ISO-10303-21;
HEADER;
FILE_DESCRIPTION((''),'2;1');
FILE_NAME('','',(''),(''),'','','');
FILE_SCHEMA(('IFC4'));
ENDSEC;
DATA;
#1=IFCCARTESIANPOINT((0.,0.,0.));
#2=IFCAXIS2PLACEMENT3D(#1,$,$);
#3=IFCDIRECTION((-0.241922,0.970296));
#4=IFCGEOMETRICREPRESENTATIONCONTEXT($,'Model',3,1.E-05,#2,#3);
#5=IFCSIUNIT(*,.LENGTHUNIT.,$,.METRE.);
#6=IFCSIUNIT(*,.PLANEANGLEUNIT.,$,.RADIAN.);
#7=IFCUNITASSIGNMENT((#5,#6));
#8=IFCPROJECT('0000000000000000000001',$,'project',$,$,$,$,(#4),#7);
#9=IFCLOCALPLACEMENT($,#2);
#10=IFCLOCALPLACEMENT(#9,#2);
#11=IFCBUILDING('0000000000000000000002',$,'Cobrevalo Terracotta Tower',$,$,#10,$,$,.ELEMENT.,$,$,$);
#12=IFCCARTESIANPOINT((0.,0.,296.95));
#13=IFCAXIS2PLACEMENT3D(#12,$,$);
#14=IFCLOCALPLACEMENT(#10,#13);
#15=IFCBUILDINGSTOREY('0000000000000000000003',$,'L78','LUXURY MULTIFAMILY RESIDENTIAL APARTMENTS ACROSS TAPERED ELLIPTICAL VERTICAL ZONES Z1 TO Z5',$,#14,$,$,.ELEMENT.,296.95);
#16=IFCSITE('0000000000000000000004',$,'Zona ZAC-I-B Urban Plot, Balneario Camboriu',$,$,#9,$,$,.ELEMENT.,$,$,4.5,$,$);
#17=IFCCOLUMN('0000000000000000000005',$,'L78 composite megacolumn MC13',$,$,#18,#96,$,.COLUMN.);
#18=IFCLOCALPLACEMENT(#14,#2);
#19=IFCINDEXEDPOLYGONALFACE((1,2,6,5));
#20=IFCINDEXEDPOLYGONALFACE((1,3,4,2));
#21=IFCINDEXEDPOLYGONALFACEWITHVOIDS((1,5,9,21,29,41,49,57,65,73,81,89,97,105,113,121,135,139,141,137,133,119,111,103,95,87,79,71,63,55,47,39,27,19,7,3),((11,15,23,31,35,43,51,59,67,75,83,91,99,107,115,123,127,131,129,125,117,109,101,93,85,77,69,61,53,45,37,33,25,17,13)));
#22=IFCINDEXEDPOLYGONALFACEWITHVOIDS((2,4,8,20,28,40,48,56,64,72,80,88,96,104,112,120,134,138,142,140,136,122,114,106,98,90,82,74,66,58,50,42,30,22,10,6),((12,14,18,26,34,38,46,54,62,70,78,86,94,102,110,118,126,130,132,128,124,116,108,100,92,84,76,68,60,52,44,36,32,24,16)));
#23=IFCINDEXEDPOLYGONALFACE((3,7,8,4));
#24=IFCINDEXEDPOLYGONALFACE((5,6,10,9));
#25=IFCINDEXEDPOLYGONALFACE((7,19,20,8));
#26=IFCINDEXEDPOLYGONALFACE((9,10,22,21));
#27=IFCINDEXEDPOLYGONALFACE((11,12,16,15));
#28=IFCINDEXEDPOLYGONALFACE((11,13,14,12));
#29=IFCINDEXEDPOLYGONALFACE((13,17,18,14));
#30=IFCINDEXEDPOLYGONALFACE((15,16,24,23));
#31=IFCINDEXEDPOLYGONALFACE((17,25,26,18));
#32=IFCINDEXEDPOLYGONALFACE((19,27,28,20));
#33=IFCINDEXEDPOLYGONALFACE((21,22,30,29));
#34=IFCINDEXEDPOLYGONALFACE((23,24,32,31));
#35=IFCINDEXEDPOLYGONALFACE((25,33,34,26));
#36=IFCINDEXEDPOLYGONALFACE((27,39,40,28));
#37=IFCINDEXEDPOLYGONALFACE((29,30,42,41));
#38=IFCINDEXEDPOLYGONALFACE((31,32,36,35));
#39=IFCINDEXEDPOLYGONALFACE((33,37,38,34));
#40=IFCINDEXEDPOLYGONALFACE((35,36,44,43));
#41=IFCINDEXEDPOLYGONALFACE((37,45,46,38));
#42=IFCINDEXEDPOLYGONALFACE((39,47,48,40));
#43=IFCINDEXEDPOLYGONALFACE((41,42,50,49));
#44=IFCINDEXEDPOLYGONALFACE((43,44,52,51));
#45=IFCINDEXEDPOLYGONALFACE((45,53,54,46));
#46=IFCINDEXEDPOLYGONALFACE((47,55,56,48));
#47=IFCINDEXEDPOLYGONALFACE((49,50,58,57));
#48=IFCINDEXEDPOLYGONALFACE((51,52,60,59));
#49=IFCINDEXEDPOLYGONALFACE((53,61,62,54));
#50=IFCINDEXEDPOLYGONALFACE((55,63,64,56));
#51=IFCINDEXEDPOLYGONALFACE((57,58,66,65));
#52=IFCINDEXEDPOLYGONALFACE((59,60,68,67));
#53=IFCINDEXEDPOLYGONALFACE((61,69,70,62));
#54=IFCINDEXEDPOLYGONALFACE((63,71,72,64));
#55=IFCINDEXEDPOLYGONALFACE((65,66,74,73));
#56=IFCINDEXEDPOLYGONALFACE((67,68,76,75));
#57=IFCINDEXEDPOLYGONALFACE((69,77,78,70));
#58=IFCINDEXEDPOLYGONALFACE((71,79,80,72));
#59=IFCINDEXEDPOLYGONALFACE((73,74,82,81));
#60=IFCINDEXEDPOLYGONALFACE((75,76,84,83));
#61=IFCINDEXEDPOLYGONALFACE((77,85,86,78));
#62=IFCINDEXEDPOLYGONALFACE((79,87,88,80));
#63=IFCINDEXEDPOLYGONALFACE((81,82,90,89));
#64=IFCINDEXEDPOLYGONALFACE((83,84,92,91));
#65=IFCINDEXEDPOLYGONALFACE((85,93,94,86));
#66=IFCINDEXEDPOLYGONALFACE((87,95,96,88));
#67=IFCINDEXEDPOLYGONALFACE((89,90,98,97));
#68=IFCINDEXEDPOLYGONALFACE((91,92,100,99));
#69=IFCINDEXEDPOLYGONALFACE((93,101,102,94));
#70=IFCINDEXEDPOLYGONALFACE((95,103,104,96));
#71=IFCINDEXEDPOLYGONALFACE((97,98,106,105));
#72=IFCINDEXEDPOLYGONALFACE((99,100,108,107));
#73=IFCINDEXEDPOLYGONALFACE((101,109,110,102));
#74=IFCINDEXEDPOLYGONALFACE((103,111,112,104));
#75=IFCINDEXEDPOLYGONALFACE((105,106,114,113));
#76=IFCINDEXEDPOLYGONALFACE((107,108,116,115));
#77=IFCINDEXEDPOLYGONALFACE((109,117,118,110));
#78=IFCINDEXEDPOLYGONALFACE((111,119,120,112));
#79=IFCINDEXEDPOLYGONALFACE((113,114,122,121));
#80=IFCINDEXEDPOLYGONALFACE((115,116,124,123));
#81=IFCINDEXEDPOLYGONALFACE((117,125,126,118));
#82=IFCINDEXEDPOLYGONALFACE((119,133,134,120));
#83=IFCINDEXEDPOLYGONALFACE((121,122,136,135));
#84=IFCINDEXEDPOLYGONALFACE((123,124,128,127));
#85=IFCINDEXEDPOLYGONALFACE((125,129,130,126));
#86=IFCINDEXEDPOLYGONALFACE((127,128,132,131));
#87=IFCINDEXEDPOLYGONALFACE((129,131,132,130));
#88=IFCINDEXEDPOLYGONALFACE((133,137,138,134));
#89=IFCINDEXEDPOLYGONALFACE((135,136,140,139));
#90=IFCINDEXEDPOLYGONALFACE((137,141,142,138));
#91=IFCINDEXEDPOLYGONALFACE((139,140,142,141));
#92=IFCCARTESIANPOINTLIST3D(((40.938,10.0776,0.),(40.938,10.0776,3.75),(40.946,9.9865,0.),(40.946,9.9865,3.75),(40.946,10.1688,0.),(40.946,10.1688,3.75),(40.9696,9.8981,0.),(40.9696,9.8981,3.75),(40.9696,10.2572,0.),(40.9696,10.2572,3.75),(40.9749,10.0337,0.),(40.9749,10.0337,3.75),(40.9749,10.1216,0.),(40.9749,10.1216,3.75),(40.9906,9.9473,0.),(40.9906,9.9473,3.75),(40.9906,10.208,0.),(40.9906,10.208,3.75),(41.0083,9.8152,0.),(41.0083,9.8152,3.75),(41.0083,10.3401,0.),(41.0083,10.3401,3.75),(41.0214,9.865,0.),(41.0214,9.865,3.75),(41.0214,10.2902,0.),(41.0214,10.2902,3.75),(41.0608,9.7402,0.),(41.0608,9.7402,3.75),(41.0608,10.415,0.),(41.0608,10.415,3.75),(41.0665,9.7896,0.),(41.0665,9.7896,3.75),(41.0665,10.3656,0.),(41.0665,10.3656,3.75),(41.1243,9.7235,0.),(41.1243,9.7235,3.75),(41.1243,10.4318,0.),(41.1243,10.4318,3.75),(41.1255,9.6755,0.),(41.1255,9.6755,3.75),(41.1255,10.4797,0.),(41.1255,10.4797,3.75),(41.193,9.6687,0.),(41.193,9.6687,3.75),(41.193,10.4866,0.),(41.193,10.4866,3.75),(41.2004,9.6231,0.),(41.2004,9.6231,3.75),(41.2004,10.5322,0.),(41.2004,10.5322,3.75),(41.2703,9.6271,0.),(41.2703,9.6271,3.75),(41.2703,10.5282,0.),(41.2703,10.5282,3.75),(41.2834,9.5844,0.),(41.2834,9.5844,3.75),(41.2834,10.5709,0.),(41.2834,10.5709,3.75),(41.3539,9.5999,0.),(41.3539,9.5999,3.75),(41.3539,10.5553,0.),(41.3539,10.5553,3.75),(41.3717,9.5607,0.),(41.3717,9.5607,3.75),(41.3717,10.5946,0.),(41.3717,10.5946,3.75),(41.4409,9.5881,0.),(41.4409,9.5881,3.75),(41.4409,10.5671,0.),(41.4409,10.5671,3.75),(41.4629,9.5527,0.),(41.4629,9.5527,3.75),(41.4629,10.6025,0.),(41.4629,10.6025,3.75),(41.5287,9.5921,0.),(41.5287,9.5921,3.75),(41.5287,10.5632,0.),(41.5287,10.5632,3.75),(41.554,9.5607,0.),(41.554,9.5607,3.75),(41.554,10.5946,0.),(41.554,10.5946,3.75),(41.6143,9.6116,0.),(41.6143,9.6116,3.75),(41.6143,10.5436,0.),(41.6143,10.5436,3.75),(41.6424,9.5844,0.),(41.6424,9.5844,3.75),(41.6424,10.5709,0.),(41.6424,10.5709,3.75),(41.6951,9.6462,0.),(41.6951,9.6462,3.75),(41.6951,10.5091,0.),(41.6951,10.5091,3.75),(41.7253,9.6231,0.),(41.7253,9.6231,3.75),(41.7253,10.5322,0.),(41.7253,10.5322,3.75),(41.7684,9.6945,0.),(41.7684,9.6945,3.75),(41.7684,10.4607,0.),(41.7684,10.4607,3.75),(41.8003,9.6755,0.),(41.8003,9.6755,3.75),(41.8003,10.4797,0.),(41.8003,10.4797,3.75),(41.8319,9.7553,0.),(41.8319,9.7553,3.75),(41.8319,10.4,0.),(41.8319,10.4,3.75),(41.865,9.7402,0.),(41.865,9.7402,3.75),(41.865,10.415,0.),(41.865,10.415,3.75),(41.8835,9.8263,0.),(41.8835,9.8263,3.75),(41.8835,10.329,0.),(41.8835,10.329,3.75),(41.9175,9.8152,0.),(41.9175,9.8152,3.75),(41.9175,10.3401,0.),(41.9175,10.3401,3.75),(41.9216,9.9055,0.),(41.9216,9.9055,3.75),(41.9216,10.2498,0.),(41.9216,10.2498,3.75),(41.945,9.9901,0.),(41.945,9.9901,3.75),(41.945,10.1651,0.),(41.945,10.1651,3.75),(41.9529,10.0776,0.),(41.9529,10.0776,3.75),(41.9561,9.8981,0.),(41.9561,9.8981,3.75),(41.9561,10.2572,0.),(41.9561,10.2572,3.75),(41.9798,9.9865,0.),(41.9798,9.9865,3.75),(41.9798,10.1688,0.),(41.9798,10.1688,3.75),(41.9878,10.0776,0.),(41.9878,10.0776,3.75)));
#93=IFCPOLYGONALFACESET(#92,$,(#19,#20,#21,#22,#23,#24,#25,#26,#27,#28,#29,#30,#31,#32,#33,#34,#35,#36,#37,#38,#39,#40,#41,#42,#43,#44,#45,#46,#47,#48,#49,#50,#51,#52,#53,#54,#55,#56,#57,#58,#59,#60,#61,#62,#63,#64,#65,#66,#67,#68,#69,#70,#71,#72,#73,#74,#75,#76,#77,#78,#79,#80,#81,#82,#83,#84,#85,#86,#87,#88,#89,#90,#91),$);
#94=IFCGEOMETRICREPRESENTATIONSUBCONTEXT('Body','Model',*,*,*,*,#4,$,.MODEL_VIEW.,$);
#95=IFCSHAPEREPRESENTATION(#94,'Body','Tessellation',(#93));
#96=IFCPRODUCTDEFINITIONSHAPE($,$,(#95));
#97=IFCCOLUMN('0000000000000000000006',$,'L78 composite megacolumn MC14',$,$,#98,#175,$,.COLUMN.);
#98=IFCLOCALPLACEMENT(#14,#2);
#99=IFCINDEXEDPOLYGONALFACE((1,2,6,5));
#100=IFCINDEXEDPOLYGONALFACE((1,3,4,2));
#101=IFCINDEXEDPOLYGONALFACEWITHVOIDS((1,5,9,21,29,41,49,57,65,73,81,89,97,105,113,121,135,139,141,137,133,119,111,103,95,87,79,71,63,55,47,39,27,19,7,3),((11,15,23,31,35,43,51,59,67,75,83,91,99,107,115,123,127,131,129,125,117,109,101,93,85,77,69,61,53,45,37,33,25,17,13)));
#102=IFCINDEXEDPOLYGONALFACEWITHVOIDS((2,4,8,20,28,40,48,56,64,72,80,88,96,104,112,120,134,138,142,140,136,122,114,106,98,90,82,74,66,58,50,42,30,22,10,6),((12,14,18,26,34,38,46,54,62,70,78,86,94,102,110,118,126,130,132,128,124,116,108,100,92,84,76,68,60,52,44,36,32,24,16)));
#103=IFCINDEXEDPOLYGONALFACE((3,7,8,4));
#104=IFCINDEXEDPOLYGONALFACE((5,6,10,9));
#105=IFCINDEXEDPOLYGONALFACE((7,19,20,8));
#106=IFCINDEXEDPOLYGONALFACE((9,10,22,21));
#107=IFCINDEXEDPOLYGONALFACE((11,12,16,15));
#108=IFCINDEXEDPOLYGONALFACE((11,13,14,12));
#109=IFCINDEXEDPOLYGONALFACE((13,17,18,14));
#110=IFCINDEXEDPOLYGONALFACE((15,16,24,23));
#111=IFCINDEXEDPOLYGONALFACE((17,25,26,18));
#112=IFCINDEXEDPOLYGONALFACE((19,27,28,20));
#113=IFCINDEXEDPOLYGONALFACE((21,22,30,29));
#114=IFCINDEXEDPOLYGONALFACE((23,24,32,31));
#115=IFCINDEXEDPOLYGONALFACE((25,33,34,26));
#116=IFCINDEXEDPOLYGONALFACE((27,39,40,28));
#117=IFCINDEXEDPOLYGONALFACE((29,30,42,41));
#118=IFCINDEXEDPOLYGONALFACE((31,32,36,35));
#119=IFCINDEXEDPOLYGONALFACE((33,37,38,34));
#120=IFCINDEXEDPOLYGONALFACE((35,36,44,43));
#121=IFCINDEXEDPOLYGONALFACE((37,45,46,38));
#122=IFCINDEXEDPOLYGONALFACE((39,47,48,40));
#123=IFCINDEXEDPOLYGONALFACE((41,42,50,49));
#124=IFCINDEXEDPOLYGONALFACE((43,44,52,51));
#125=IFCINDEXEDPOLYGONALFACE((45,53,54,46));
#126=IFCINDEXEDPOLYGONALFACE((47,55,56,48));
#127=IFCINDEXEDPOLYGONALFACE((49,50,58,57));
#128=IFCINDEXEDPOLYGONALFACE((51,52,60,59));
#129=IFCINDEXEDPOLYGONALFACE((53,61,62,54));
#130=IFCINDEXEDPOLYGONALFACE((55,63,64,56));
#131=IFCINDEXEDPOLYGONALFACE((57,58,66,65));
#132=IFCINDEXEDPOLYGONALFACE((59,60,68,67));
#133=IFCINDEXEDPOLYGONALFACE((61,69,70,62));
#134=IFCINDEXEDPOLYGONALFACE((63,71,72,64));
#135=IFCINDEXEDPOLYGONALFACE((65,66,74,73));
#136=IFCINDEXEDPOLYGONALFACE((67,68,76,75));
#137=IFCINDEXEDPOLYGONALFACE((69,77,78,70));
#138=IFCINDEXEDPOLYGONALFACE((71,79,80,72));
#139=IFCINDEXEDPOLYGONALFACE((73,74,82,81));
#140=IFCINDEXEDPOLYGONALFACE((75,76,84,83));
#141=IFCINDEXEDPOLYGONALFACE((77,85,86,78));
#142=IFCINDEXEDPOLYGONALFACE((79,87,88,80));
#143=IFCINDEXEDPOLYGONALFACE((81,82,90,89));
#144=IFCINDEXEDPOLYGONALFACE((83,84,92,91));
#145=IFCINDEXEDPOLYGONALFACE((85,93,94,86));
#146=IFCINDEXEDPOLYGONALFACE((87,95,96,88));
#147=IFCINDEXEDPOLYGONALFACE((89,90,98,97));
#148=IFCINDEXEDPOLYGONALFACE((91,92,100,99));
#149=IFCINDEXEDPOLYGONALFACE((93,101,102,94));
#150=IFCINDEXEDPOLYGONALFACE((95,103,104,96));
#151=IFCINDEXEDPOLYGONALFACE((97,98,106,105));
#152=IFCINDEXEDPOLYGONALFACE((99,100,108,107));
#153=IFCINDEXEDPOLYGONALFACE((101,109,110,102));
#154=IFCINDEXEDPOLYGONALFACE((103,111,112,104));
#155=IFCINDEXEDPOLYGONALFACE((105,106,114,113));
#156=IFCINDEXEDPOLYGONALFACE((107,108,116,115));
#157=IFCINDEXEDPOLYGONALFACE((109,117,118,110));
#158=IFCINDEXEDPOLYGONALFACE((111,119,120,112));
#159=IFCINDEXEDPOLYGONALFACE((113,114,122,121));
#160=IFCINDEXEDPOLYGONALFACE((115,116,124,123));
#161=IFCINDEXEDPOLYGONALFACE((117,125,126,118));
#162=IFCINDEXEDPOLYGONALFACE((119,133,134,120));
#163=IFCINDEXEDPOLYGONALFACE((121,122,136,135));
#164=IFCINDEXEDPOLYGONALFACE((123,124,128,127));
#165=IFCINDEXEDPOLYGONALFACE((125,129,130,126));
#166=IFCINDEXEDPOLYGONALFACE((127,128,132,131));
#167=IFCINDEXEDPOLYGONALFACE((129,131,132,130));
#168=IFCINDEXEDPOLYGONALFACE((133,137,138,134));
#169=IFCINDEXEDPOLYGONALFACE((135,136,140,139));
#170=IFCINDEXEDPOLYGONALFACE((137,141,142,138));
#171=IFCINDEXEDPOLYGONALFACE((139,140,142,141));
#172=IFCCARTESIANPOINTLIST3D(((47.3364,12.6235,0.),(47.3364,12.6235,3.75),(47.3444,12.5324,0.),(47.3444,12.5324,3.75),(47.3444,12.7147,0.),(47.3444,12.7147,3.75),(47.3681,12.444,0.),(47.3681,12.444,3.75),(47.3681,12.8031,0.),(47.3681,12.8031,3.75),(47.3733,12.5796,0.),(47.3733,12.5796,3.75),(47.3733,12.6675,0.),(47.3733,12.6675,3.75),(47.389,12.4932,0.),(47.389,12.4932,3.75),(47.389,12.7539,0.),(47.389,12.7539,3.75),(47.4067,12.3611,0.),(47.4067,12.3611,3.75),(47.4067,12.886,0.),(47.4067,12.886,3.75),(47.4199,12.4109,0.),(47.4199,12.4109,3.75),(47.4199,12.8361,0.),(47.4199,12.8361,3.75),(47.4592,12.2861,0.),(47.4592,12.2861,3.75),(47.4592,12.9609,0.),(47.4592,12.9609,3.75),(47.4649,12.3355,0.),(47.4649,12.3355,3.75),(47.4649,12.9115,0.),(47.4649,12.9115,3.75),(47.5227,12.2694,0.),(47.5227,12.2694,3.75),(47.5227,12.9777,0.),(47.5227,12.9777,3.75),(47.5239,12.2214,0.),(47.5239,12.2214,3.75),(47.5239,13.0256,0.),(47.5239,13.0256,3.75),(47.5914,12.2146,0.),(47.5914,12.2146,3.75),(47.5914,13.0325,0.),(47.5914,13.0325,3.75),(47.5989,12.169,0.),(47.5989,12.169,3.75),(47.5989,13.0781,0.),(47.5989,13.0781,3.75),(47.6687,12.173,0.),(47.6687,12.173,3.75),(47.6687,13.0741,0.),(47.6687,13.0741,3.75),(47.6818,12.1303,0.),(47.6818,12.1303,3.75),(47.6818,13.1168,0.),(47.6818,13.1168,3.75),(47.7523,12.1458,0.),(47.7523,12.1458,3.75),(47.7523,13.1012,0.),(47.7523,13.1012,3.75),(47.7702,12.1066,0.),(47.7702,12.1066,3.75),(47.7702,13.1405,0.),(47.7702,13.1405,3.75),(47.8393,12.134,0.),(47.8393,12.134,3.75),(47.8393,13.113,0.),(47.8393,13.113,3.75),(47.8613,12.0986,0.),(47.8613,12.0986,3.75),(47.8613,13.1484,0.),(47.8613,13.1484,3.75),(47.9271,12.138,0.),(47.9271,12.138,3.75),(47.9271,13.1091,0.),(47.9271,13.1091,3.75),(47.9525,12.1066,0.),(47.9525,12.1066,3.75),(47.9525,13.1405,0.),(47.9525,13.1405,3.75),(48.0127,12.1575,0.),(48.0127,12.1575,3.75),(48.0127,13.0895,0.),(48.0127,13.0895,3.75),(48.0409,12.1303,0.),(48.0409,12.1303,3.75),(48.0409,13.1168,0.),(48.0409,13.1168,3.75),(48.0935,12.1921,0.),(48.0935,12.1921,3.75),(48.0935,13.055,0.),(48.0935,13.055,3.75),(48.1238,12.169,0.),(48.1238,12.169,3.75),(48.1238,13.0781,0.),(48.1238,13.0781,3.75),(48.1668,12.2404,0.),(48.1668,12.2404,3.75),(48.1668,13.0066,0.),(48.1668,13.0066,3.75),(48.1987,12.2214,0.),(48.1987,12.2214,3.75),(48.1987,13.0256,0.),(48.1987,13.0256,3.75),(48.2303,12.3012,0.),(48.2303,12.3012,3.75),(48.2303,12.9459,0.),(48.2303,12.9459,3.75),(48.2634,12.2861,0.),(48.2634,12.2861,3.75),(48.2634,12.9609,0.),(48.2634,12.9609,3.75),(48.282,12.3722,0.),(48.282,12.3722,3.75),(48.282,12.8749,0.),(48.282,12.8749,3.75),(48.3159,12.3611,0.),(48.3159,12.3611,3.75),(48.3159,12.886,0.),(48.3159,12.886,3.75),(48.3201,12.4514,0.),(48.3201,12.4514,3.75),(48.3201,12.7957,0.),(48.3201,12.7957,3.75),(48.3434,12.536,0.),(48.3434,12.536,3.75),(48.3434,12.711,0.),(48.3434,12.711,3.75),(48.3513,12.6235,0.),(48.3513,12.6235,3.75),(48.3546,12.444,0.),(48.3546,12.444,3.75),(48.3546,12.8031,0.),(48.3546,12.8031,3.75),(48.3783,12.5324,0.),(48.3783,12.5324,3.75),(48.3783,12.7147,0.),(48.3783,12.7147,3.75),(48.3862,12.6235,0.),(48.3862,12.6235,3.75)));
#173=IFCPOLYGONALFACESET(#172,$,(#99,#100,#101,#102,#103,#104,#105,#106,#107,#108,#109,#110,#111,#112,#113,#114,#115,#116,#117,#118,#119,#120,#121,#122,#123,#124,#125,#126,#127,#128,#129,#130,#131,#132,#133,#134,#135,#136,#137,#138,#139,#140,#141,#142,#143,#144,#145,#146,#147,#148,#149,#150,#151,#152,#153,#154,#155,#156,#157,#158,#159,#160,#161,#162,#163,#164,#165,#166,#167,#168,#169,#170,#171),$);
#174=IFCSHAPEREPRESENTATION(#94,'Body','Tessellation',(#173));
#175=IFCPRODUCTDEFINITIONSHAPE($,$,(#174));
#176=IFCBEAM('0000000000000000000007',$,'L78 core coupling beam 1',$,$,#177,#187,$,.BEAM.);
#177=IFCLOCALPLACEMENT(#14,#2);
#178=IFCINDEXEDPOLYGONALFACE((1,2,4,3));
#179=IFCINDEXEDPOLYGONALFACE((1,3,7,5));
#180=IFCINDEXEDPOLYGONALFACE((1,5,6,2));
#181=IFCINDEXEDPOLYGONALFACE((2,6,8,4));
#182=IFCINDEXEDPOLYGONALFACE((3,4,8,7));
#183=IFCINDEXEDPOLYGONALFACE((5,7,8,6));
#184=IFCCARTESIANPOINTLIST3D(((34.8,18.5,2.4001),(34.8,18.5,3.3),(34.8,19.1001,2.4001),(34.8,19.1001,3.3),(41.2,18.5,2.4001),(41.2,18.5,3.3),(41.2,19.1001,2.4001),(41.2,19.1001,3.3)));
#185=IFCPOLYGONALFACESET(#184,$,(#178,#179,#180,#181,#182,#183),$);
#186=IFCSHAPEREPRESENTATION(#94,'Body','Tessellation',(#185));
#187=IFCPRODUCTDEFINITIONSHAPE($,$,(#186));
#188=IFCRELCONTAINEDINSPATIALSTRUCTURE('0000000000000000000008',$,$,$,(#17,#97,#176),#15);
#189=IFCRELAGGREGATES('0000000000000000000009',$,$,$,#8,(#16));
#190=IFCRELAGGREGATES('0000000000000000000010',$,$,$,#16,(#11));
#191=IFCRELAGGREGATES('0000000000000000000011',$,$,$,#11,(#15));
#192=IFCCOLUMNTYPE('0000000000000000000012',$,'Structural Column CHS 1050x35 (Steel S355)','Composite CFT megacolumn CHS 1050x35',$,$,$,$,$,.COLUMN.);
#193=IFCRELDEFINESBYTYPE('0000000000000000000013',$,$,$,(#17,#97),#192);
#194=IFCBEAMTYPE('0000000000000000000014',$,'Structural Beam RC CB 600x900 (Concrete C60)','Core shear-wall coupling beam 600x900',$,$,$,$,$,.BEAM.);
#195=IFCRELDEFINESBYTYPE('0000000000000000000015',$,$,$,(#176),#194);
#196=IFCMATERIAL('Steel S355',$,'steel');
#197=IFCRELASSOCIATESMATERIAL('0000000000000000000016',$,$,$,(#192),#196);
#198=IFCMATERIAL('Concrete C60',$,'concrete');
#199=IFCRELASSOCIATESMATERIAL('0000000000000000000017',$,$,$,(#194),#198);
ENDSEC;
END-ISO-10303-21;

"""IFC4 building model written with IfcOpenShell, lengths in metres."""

from ifc_helpers import new_model, si_unit, direction, frame, origin, origin_2d, place, context, subcontext, project, spatial, rectangle, hollow_circle, extrude, material, material_profile, profile_set, type_object, element, save


model = new_model("IFC4")

# Units and contexts
model_context = context("Model", 3, precision=1e-05, world=origin(), true_north=direction((-0.241922, 0.970296)))
body_context = subcontext(model_context, "Body", "Model", "MODEL_VIEW")
ifc_project = project(units=[si_unit("LENGTHUNIT", "METRE"), si_unit("PLANEANGLEUNIT", "RADIAN")], contexts=[model_context])

# Site, building, storey
site_placement = place(None, origin())
site = spatial("IfcSite", under=ifc_project, at=site_placement, Name="Zona ZAC-I-B Urban Plot, Balneario Camboriu", CompositionType="ELEMENT", RefElevation=4.5)
building_placement = place(site_placement, origin())
building = spatial("IfcBuilding", under=site, at=building_placement, Name="Cobrevalo Terracotta Tower", CompositionType="ELEMENT")
storey_placement = place(building_placement, frame((0.0, 0.0, 296.95)))
storey = spatial("IfcBuildingStorey", under=building, at=storey_placement, Name="L78", Description="LUXURY MULTIFAMILY RESIDENTIAL APARTMENTS ACROSS TAPERED ELLIPTICAL VERTICAL ZONES Z1 TO Z5", CompositionType="ELEMENT", Elevation=296.95)

# Columns
ifc_material_1 = material(Name="Steel S355", Category="steel")
ifc_material_profile_1 = material_profile(ifc_material_1, hollow_circle(Radius=0.5249, WallThickness=0.0349, at=origin_2d()), Name="CHS 1050x35")
ifc_profile_set_1 = profile_set([ifc_material_profile_1], Name="Steel S355")
column_type = type_object("IfcColumnType", Name="Structural Column CHS 1050x35 (Steel S355)", Description="Composite CFT megacolumn CHS 1050x35", PredefinedType="COLUMN", material=ifc_profile_set_1)
for number, where, z_axis, x_axis, name in (
    (1, (41.4629, 10.0776, 0.0), (0.0, 0.0, 1.0), (1.0, 0.0, 0.0), "L78 composite megacolumn MC13"),
    (2, (47.8613, 12.6235, 0.0), (0.0, 0.0, 1.0), (1.0, 0.0, 0.0), "L78 composite megacolumn MC14"),
):
    element("IfcColumn", number, at=place(storey_placement, frame(where, z_axis=z_axis, x_axis=x_axis)), inside=storey, type_object=column_type, Name=name, PredefinedType="COLUMN", context=body_context, shape_type="SweptSolid", body=[
        extrude(hollow_circle(Radius=0.5249, WallThickness=0.0349, at=origin_2d()), origin(), (0.0, 0.0, 1.0), 3.75),
    ])

# Beam
ifc_material_2 = material(Name="Concrete C60", Category="concrete")
ifc_material_profile_2 = material_profile(ifc_material_2, rectangle(XDim=0.6001, YDim=0.8999, at=origin_2d()), Name="RC CB 600x900")
ifc_profile_set_2 = profile_set([ifc_material_profile_2], Name="Concrete C60")
beam_type_1 = type_object("IfcBeamType", Name="Structural Beam RC CB 600x900 (Concrete C60)", Description="Core shear-wall coupling beam 600x900", PredefinedType="BEAM", material=ifc_profile_set_2)
beam_1_placement = place(storey_placement, frame((34.8, 18.8, 2.8501), z_axis=(1.0, 0.0, 0.0), x_axis=(0.0, 1.0, 0.0)))
element("IfcBeam", 3, at=beam_1_placement, inside=storey, type_object=beam_type_1, Name="L78 core coupling beam 1", PredefinedType="BEAM", context=body_context, shape_type="SweptSolid", body=[
    extrude(rectangle(XDim=0.6001, YDim=0.8999, at=origin_2d()), origin(), (0.0, 0.0, 1.0), 6.3999),
])

save(model, "model.ifc")
